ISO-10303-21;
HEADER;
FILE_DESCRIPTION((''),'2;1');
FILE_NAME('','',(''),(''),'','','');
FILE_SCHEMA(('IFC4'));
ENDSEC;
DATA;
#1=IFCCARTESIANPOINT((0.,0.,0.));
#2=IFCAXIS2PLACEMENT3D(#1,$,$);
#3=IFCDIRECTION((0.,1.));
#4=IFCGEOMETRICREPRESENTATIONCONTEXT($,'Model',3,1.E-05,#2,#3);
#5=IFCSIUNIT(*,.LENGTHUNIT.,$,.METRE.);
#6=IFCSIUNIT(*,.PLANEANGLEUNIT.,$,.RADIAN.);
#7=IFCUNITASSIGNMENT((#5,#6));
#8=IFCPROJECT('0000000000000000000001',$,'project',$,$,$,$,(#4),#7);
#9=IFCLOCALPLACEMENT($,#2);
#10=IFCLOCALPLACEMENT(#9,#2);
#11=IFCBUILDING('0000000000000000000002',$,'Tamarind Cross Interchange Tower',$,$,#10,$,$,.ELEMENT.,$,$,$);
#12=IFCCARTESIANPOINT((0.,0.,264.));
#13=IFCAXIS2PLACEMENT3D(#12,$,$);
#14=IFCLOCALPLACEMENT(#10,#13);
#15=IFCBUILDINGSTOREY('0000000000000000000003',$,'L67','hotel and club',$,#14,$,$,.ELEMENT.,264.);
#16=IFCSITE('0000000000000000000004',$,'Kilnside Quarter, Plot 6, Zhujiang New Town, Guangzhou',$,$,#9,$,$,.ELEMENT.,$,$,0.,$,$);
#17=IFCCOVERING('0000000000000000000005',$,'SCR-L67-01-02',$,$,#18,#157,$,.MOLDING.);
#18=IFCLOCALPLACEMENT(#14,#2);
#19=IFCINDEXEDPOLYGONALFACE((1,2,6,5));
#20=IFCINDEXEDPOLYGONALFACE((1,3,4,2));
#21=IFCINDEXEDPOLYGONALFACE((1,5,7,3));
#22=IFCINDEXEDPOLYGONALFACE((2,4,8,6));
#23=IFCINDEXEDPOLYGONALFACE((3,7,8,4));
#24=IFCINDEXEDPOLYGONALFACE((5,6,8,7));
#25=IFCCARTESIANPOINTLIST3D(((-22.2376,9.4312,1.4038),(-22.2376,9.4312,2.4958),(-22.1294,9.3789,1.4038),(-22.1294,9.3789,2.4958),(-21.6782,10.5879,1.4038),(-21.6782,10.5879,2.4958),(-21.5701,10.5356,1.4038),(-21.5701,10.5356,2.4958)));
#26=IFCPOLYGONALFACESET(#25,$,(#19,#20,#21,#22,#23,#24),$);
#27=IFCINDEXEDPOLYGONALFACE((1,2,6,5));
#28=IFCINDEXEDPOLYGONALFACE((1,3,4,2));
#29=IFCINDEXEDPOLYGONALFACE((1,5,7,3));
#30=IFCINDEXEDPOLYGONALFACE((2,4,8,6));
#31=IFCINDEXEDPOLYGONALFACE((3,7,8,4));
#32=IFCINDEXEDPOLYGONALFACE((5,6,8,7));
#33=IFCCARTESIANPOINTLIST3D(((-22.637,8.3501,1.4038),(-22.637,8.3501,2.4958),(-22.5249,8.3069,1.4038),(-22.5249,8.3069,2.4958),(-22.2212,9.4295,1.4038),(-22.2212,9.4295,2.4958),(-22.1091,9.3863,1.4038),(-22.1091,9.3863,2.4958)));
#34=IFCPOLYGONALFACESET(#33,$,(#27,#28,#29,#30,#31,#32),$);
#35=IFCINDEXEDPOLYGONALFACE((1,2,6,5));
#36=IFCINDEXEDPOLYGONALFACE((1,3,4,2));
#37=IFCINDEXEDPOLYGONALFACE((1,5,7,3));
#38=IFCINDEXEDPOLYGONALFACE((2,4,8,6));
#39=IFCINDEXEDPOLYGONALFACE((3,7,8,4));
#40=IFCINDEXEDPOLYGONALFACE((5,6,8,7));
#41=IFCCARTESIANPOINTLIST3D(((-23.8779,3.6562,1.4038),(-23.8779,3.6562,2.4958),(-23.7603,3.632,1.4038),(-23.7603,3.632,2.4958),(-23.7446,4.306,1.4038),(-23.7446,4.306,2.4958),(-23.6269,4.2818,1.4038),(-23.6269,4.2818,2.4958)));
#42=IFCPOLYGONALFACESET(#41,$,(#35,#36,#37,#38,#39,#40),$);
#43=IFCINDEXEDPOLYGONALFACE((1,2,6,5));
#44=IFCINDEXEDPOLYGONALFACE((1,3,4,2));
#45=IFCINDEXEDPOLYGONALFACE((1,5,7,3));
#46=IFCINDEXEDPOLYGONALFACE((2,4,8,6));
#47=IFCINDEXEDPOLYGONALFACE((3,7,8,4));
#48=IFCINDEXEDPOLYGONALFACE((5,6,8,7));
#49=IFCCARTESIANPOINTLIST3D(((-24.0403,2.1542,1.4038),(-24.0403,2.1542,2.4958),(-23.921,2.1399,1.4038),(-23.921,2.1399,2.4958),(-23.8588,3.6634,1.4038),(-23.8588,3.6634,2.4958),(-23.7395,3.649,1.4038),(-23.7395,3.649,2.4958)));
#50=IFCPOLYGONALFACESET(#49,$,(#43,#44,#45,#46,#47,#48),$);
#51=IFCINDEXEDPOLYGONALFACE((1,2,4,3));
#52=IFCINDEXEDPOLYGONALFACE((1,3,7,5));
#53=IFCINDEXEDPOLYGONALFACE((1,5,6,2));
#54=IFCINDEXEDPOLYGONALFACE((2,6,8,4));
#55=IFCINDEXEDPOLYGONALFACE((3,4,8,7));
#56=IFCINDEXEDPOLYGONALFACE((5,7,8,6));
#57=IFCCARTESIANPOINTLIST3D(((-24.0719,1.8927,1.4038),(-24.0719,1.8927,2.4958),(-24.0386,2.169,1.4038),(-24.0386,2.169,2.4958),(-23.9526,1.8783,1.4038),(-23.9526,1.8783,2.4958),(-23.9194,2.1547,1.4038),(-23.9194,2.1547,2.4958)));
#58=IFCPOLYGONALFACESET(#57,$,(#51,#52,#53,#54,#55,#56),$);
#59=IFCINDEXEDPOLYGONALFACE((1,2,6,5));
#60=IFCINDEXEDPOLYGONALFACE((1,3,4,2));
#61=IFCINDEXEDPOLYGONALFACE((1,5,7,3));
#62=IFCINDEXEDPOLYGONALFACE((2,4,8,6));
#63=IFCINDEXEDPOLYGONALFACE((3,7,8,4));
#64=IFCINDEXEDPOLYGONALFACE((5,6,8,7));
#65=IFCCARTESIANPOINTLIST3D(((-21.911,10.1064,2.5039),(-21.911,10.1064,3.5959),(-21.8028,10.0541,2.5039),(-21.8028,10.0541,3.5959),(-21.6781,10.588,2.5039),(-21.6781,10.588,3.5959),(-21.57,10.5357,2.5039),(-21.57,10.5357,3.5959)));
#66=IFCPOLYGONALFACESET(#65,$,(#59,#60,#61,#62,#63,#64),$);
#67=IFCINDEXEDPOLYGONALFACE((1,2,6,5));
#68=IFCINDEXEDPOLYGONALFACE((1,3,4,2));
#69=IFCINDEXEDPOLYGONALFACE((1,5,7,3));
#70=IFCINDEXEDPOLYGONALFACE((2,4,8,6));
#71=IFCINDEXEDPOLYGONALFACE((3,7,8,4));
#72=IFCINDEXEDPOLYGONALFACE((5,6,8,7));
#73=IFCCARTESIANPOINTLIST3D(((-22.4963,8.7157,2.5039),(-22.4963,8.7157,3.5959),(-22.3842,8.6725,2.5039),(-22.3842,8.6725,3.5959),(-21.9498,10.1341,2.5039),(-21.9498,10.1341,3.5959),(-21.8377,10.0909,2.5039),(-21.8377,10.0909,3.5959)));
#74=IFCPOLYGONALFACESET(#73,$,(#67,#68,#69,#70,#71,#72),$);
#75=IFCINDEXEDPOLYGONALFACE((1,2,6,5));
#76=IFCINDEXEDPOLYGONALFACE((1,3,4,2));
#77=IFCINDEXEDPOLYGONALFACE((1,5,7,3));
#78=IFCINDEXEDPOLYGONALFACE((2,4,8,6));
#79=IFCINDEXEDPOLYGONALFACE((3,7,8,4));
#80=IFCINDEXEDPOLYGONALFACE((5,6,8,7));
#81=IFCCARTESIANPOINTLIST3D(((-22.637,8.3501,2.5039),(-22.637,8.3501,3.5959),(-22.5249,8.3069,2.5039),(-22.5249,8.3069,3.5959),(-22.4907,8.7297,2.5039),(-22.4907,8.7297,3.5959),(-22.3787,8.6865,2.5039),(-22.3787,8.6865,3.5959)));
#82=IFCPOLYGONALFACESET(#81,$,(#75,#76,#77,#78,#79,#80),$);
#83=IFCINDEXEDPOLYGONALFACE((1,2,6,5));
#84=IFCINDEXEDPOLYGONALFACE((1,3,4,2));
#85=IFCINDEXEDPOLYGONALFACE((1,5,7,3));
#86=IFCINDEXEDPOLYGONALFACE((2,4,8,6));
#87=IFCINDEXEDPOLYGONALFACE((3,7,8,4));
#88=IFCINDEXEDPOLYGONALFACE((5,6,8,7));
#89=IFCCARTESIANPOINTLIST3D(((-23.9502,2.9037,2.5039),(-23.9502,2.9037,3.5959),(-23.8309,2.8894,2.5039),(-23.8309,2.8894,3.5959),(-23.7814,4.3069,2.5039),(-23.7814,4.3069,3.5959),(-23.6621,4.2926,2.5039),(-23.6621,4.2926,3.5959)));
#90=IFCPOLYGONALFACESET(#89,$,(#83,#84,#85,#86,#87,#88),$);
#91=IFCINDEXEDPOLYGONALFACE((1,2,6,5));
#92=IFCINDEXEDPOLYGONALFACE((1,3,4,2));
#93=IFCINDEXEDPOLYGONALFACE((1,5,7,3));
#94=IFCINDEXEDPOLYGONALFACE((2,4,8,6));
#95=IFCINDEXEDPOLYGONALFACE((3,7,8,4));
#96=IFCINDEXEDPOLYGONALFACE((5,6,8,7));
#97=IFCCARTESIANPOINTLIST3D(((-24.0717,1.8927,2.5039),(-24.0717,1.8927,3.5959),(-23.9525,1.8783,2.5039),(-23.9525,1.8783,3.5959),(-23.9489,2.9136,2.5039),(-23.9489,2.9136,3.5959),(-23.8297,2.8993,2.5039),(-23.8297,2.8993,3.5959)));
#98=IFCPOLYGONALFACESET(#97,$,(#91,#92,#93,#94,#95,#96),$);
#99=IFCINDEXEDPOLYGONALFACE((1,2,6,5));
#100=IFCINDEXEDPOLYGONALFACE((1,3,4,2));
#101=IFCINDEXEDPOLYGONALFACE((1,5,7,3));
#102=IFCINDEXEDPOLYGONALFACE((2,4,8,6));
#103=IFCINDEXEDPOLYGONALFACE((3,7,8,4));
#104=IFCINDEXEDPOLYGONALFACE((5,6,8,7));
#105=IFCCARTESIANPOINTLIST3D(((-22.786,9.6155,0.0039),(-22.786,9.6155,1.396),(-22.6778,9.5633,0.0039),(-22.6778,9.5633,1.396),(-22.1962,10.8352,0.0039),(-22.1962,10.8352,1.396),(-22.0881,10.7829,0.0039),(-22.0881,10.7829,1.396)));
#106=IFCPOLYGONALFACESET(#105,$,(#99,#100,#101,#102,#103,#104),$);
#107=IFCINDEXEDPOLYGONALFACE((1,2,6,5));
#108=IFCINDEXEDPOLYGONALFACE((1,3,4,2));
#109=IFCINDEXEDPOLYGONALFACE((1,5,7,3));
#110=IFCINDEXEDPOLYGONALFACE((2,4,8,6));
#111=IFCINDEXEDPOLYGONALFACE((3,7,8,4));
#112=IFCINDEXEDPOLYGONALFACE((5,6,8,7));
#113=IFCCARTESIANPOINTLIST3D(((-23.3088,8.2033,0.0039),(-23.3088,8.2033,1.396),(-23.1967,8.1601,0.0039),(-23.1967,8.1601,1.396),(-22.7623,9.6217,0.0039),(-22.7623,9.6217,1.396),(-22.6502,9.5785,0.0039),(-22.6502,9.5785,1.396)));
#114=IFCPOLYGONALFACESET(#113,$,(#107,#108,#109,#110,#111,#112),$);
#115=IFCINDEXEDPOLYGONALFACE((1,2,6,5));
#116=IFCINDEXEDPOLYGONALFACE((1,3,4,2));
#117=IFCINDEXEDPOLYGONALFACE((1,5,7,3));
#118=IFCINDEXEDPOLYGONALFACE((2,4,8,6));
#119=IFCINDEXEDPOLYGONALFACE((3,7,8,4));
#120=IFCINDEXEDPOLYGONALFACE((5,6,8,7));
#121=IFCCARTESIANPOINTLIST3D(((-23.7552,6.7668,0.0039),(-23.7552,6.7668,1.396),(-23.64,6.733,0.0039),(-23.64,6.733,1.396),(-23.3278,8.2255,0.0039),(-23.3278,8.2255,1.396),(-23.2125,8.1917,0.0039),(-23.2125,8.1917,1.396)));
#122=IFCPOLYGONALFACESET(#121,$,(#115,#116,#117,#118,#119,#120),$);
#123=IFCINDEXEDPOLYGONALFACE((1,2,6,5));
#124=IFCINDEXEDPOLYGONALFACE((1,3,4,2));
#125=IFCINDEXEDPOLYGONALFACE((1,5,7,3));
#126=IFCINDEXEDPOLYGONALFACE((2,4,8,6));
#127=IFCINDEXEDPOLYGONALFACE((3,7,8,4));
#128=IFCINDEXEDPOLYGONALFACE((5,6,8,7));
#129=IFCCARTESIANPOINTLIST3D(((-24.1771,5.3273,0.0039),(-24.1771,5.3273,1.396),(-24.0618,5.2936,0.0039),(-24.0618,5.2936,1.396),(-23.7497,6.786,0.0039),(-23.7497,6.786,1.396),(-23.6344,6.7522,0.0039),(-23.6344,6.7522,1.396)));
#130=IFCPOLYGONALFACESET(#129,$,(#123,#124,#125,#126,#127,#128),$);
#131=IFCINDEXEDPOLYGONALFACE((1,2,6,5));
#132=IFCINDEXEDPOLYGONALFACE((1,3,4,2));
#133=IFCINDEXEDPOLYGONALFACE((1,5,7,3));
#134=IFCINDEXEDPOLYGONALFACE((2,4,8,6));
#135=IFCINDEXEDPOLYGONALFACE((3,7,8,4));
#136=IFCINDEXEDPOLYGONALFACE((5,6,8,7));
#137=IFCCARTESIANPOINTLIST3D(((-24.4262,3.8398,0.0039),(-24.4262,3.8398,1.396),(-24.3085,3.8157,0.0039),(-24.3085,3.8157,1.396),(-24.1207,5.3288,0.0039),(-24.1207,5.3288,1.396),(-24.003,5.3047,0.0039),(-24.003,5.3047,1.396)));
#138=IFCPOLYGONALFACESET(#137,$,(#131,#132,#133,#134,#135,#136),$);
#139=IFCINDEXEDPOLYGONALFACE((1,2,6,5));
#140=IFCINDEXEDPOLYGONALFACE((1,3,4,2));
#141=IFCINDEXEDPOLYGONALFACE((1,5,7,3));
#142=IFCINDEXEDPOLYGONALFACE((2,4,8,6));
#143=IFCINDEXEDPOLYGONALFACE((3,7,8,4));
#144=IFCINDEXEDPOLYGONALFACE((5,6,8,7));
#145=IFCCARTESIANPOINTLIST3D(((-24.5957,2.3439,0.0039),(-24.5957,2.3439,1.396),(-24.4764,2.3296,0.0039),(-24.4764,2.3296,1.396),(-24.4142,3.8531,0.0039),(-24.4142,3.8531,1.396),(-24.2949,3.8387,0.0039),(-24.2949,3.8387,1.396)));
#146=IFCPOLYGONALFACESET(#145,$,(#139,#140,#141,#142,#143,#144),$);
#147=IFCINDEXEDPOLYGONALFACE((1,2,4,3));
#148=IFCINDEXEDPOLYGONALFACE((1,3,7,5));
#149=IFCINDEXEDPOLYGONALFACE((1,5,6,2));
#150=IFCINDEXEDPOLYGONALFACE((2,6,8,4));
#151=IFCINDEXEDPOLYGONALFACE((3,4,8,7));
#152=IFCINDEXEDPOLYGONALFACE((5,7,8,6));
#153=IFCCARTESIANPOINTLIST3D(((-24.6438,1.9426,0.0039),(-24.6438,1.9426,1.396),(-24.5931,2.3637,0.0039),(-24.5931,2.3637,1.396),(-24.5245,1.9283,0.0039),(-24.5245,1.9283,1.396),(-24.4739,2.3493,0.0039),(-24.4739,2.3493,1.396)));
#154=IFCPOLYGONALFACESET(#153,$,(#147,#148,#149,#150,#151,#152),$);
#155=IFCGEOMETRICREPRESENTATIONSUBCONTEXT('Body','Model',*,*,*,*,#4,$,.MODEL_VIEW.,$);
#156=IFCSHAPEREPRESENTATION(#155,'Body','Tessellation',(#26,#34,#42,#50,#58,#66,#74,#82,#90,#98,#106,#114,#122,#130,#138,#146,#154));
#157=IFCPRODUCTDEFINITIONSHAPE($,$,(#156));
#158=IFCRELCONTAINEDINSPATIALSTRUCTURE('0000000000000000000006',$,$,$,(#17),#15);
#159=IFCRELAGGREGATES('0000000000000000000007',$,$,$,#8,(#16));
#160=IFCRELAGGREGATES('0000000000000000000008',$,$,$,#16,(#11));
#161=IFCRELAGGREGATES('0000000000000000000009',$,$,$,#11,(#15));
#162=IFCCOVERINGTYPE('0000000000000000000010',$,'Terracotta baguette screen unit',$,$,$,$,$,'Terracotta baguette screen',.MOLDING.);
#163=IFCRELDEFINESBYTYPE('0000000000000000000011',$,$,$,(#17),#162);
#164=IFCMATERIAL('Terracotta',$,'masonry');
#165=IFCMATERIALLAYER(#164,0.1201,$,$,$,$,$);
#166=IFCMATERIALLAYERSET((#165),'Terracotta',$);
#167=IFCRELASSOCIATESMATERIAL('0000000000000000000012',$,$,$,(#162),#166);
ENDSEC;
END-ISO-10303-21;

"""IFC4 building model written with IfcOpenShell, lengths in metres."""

from ifc_helpers import new_model, si_unit, direction, frame, origin, origin_2d, place, context, subcontext, project, spatial, rectangle, extrude, material, layer, layer_set, type_object, element, save


model = new_model("IFC4")

# Units and contexts
model_context = context("Model", 3, precision=1e-05, world=origin(), true_north=direction((0.0, 1.0)))
body_context = subcontext(model_context, "Body", "Model", "MODEL_VIEW")
ifc_project = project(units=[si_unit("LENGTHUNIT", "METRE"), si_unit("PLANEANGLEUNIT", "RADIAN")], contexts=[model_context])

# Site, building, storey
site_placement = place(None, origin())
site = spatial("IfcSite", under=ifc_project, at=site_placement, Name="Kilnside Quarter, Plot 6, Zhujiang New Town, Guangzhou", CompositionType="ELEMENT", RefElevation=0.0)
building_placement = place(site_placement, origin())
building = spatial("IfcBuilding", under=site, at=building_placement, Name="Tamarind Cross Interchange Tower", CompositionType="ELEMENT")
storey_placement = place(building_placement, frame((0.0, 0.0, 264.0)))
storey = spatial("IfcBuildingStorey", under=building, at=storey_placement, Name="L67", Description="hotel and club", CompositionType="ELEMENT", Elevation=264.0)

# Covering
ifc_material_1 = material(Name="Terracotta", Category="masonry")
ifc_layer_1 = layer(ifc_material_1, 0.1201)
ifc_layer_set_1 = layer_set([ifc_layer_1], Name="Terracotta")
covering_type = type_object("IfcCoveringType", Name="Terracotta baguette screen unit", ElementType="Terracotta baguette screen", PredefinedType="MOLDING", material=ifc_layer_set_1)
covering_1_placement = place(storey_placement, origin())
element("IfcCovering", 1, at=covering_1_placement, inside=storey, type_object=covering_type, Name="SCR-L67-01-02", PredefinedType="MOLDING", context=body_context, shape_type="SweptSolid", body=[
    extrude(rectangle(XDim=1.2849, YDim=0.1201, at=origin_2d()), frame((-21.9038, 9.9834, 1.4038), z_axis=(0.0, 0.0, 1.0), x_axis=(-0.435326, -0.900273, 0.0)), (0.0, 0.0, 1.0), 1.092),
    extrude(rectangle(XDim=1.1567, YDim=0.1201, at=origin_2d()), frame((-22.373, 8.8682, 1.4038), z_axis=(0.0, 0.0, 1.0), x_axis=(-0.359495, -0.933147, 0.0)), (0.0, 0.0, 1.0), 1.092),
    extrude(rectangle(XDim=0.6633, YDim=0.1201, at=origin_2d()), frame((-23.7524, 3.969, 1.4038), z_axis=(0.0, 0.0, 1.0), x_axis=(-0.201001, -0.979591, 0.0)), (0.0, 0.0, 1.0), 1.092),
    extrude(rectangle(XDim=1.52, YDim=0.1201, at=origin_2d()), frame((-23.8899, 2.9016, 1.4038), z_axis=(0.0, 0.0, 1.0), x_axis=(-0.119421, -0.992844, 0.0)), (0.0, 0.0, 1.0), 1.092),
    extrude(rectangle(XDim=0.2783, YDim=0.1201, at=origin_2d()), frame((-23.9956, 2.0237, 1.4038), z_axis=(0.0, 0.0, 1.0), x_axis=(-0.119421, -0.992844, 0.0)), (0.0, 0.0, 1.0), 1.092),
    extrude(rectangle(XDim=0.5349, YDim=0.1201, at=origin_2d()), frame((-21.7405, 10.321, 2.5039), z_axis=(0.0, 0.0, 1.0), x_axis=(-0.435326, -0.900273, 0.0)), (0.0, 0.0, 1.0), 1.092),
    extrude(rectangle(XDim=1.52, YDim=0.1201, at=origin_2d()), frame((-22.167, 9.4033, 2.5039), z_axis=(0.0, 0.0, 1.0), x_axis=(-0.359495, -0.933147, 0.0)), (0.0, 0.0, 1.0), 1.092),
    extrude(rectangle(XDim=0.4067, YDim=0.1201, at=origin_2d()), frame((-22.5078, 8.5183, 2.5039), z_axis=(0.0, 0.0, 1.0), x_axis=(-0.359495, -0.933147, 0.0)), (0.0, 0.0, 1.0), 1.092),
    extrude(rectangle(XDim=1.4133, YDim=0.1201, at=origin_2d()), frame((-23.8062, 3.5981, 2.5039), z_axis=(0.0, 0.0, 1.0), x_axis=(-0.119421, -0.992844, 0.0)), (0.0, 0.0, 1.0), 1.092),
    extrude(rectangle(XDim=1.0283, YDim=0.1201, at=origin_2d()), frame((-23.9507, 2.396, 2.5039), z_axis=(0.0, 0.0, 1.0), x_axis=(-0.119421, -0.992844, 0.0)), (0.0, 0.0, 1.0), 1.092),
    extrude(rectangle(XDim=1.3547, YDim=0.1201, at=origin_2d()), frame((-22.437, 10.1992, 0.0039), z_axis=(0.0, 0.0, 1.0), x_axis=(-0.435326, -0.900273, 0.0)), (0.0, 0.0, 1.0), 1.3921),
    extrude(rectangle(XDim=1.52, YDim=0.1201, at=origin_2d()), frame((-22.9795, 8.8909, 0.0039), z_axis=(0.0, 0.0, 1.0), x_axis=(-0.359495, -0.933147, 0.0)), (0.0, 0.0, 1.0), 1.3921),
    extrude(rectangle(XDim=1.52, YDim=0.1201, at=origin_2d()), frame((-23.4839, 7.4792, 0.0039), z_axis=(0.0, 0.0, 1.0), x_axis=(-0.281209, -0.959647, 0.0)), (0.0, 0.0, 1.0), 1.3921),
    extrude(rectangle(XDim=1.52, YDim=0.1201, at=origin_2d()), frame((-23.9058, 6.0398, 0.0039), z_axis=(0.0, 0.0, 1.0), x_axis=(-0.281209, -0.959647, 0.0)), (0.0, 0.0, 1.0), 1.3921),
    extrude(rectangle(XDim=1.52, YDim=0.1201, at=origin_2d()), frame((-24.2146, 4.5723, 0.0039), z_axis=(0.0, 0.0, 1.0), x_axis=(-0.201001, -0.979591, 0.0)), (0.0, 0.0, 1.0), 1.3921),
    extrude(rectangle(XDim=1.52, YDim=0.1201, at=origin_2d()), frame((-24.4453, 3.0913, 0.0039), z_axis=(0.0, 0.0, 1.0), x_axis=(-0.119421, -0.992844, 0.0)), (0.0, 0.0, 1.0), 1.3921),
    extrude(rectangle(XDim=0.4241, YDim=0.1201, at=origin_2d()), frame((-24.5588, 2.146, 0.0039), z_axis=(0.0, 0.0, 1.0), x_axis=(-0.119421, -0.992844, 0.0)), (0.0, 0.0, 1.0), 1.3921),
])

save(model, "model.ifc")
